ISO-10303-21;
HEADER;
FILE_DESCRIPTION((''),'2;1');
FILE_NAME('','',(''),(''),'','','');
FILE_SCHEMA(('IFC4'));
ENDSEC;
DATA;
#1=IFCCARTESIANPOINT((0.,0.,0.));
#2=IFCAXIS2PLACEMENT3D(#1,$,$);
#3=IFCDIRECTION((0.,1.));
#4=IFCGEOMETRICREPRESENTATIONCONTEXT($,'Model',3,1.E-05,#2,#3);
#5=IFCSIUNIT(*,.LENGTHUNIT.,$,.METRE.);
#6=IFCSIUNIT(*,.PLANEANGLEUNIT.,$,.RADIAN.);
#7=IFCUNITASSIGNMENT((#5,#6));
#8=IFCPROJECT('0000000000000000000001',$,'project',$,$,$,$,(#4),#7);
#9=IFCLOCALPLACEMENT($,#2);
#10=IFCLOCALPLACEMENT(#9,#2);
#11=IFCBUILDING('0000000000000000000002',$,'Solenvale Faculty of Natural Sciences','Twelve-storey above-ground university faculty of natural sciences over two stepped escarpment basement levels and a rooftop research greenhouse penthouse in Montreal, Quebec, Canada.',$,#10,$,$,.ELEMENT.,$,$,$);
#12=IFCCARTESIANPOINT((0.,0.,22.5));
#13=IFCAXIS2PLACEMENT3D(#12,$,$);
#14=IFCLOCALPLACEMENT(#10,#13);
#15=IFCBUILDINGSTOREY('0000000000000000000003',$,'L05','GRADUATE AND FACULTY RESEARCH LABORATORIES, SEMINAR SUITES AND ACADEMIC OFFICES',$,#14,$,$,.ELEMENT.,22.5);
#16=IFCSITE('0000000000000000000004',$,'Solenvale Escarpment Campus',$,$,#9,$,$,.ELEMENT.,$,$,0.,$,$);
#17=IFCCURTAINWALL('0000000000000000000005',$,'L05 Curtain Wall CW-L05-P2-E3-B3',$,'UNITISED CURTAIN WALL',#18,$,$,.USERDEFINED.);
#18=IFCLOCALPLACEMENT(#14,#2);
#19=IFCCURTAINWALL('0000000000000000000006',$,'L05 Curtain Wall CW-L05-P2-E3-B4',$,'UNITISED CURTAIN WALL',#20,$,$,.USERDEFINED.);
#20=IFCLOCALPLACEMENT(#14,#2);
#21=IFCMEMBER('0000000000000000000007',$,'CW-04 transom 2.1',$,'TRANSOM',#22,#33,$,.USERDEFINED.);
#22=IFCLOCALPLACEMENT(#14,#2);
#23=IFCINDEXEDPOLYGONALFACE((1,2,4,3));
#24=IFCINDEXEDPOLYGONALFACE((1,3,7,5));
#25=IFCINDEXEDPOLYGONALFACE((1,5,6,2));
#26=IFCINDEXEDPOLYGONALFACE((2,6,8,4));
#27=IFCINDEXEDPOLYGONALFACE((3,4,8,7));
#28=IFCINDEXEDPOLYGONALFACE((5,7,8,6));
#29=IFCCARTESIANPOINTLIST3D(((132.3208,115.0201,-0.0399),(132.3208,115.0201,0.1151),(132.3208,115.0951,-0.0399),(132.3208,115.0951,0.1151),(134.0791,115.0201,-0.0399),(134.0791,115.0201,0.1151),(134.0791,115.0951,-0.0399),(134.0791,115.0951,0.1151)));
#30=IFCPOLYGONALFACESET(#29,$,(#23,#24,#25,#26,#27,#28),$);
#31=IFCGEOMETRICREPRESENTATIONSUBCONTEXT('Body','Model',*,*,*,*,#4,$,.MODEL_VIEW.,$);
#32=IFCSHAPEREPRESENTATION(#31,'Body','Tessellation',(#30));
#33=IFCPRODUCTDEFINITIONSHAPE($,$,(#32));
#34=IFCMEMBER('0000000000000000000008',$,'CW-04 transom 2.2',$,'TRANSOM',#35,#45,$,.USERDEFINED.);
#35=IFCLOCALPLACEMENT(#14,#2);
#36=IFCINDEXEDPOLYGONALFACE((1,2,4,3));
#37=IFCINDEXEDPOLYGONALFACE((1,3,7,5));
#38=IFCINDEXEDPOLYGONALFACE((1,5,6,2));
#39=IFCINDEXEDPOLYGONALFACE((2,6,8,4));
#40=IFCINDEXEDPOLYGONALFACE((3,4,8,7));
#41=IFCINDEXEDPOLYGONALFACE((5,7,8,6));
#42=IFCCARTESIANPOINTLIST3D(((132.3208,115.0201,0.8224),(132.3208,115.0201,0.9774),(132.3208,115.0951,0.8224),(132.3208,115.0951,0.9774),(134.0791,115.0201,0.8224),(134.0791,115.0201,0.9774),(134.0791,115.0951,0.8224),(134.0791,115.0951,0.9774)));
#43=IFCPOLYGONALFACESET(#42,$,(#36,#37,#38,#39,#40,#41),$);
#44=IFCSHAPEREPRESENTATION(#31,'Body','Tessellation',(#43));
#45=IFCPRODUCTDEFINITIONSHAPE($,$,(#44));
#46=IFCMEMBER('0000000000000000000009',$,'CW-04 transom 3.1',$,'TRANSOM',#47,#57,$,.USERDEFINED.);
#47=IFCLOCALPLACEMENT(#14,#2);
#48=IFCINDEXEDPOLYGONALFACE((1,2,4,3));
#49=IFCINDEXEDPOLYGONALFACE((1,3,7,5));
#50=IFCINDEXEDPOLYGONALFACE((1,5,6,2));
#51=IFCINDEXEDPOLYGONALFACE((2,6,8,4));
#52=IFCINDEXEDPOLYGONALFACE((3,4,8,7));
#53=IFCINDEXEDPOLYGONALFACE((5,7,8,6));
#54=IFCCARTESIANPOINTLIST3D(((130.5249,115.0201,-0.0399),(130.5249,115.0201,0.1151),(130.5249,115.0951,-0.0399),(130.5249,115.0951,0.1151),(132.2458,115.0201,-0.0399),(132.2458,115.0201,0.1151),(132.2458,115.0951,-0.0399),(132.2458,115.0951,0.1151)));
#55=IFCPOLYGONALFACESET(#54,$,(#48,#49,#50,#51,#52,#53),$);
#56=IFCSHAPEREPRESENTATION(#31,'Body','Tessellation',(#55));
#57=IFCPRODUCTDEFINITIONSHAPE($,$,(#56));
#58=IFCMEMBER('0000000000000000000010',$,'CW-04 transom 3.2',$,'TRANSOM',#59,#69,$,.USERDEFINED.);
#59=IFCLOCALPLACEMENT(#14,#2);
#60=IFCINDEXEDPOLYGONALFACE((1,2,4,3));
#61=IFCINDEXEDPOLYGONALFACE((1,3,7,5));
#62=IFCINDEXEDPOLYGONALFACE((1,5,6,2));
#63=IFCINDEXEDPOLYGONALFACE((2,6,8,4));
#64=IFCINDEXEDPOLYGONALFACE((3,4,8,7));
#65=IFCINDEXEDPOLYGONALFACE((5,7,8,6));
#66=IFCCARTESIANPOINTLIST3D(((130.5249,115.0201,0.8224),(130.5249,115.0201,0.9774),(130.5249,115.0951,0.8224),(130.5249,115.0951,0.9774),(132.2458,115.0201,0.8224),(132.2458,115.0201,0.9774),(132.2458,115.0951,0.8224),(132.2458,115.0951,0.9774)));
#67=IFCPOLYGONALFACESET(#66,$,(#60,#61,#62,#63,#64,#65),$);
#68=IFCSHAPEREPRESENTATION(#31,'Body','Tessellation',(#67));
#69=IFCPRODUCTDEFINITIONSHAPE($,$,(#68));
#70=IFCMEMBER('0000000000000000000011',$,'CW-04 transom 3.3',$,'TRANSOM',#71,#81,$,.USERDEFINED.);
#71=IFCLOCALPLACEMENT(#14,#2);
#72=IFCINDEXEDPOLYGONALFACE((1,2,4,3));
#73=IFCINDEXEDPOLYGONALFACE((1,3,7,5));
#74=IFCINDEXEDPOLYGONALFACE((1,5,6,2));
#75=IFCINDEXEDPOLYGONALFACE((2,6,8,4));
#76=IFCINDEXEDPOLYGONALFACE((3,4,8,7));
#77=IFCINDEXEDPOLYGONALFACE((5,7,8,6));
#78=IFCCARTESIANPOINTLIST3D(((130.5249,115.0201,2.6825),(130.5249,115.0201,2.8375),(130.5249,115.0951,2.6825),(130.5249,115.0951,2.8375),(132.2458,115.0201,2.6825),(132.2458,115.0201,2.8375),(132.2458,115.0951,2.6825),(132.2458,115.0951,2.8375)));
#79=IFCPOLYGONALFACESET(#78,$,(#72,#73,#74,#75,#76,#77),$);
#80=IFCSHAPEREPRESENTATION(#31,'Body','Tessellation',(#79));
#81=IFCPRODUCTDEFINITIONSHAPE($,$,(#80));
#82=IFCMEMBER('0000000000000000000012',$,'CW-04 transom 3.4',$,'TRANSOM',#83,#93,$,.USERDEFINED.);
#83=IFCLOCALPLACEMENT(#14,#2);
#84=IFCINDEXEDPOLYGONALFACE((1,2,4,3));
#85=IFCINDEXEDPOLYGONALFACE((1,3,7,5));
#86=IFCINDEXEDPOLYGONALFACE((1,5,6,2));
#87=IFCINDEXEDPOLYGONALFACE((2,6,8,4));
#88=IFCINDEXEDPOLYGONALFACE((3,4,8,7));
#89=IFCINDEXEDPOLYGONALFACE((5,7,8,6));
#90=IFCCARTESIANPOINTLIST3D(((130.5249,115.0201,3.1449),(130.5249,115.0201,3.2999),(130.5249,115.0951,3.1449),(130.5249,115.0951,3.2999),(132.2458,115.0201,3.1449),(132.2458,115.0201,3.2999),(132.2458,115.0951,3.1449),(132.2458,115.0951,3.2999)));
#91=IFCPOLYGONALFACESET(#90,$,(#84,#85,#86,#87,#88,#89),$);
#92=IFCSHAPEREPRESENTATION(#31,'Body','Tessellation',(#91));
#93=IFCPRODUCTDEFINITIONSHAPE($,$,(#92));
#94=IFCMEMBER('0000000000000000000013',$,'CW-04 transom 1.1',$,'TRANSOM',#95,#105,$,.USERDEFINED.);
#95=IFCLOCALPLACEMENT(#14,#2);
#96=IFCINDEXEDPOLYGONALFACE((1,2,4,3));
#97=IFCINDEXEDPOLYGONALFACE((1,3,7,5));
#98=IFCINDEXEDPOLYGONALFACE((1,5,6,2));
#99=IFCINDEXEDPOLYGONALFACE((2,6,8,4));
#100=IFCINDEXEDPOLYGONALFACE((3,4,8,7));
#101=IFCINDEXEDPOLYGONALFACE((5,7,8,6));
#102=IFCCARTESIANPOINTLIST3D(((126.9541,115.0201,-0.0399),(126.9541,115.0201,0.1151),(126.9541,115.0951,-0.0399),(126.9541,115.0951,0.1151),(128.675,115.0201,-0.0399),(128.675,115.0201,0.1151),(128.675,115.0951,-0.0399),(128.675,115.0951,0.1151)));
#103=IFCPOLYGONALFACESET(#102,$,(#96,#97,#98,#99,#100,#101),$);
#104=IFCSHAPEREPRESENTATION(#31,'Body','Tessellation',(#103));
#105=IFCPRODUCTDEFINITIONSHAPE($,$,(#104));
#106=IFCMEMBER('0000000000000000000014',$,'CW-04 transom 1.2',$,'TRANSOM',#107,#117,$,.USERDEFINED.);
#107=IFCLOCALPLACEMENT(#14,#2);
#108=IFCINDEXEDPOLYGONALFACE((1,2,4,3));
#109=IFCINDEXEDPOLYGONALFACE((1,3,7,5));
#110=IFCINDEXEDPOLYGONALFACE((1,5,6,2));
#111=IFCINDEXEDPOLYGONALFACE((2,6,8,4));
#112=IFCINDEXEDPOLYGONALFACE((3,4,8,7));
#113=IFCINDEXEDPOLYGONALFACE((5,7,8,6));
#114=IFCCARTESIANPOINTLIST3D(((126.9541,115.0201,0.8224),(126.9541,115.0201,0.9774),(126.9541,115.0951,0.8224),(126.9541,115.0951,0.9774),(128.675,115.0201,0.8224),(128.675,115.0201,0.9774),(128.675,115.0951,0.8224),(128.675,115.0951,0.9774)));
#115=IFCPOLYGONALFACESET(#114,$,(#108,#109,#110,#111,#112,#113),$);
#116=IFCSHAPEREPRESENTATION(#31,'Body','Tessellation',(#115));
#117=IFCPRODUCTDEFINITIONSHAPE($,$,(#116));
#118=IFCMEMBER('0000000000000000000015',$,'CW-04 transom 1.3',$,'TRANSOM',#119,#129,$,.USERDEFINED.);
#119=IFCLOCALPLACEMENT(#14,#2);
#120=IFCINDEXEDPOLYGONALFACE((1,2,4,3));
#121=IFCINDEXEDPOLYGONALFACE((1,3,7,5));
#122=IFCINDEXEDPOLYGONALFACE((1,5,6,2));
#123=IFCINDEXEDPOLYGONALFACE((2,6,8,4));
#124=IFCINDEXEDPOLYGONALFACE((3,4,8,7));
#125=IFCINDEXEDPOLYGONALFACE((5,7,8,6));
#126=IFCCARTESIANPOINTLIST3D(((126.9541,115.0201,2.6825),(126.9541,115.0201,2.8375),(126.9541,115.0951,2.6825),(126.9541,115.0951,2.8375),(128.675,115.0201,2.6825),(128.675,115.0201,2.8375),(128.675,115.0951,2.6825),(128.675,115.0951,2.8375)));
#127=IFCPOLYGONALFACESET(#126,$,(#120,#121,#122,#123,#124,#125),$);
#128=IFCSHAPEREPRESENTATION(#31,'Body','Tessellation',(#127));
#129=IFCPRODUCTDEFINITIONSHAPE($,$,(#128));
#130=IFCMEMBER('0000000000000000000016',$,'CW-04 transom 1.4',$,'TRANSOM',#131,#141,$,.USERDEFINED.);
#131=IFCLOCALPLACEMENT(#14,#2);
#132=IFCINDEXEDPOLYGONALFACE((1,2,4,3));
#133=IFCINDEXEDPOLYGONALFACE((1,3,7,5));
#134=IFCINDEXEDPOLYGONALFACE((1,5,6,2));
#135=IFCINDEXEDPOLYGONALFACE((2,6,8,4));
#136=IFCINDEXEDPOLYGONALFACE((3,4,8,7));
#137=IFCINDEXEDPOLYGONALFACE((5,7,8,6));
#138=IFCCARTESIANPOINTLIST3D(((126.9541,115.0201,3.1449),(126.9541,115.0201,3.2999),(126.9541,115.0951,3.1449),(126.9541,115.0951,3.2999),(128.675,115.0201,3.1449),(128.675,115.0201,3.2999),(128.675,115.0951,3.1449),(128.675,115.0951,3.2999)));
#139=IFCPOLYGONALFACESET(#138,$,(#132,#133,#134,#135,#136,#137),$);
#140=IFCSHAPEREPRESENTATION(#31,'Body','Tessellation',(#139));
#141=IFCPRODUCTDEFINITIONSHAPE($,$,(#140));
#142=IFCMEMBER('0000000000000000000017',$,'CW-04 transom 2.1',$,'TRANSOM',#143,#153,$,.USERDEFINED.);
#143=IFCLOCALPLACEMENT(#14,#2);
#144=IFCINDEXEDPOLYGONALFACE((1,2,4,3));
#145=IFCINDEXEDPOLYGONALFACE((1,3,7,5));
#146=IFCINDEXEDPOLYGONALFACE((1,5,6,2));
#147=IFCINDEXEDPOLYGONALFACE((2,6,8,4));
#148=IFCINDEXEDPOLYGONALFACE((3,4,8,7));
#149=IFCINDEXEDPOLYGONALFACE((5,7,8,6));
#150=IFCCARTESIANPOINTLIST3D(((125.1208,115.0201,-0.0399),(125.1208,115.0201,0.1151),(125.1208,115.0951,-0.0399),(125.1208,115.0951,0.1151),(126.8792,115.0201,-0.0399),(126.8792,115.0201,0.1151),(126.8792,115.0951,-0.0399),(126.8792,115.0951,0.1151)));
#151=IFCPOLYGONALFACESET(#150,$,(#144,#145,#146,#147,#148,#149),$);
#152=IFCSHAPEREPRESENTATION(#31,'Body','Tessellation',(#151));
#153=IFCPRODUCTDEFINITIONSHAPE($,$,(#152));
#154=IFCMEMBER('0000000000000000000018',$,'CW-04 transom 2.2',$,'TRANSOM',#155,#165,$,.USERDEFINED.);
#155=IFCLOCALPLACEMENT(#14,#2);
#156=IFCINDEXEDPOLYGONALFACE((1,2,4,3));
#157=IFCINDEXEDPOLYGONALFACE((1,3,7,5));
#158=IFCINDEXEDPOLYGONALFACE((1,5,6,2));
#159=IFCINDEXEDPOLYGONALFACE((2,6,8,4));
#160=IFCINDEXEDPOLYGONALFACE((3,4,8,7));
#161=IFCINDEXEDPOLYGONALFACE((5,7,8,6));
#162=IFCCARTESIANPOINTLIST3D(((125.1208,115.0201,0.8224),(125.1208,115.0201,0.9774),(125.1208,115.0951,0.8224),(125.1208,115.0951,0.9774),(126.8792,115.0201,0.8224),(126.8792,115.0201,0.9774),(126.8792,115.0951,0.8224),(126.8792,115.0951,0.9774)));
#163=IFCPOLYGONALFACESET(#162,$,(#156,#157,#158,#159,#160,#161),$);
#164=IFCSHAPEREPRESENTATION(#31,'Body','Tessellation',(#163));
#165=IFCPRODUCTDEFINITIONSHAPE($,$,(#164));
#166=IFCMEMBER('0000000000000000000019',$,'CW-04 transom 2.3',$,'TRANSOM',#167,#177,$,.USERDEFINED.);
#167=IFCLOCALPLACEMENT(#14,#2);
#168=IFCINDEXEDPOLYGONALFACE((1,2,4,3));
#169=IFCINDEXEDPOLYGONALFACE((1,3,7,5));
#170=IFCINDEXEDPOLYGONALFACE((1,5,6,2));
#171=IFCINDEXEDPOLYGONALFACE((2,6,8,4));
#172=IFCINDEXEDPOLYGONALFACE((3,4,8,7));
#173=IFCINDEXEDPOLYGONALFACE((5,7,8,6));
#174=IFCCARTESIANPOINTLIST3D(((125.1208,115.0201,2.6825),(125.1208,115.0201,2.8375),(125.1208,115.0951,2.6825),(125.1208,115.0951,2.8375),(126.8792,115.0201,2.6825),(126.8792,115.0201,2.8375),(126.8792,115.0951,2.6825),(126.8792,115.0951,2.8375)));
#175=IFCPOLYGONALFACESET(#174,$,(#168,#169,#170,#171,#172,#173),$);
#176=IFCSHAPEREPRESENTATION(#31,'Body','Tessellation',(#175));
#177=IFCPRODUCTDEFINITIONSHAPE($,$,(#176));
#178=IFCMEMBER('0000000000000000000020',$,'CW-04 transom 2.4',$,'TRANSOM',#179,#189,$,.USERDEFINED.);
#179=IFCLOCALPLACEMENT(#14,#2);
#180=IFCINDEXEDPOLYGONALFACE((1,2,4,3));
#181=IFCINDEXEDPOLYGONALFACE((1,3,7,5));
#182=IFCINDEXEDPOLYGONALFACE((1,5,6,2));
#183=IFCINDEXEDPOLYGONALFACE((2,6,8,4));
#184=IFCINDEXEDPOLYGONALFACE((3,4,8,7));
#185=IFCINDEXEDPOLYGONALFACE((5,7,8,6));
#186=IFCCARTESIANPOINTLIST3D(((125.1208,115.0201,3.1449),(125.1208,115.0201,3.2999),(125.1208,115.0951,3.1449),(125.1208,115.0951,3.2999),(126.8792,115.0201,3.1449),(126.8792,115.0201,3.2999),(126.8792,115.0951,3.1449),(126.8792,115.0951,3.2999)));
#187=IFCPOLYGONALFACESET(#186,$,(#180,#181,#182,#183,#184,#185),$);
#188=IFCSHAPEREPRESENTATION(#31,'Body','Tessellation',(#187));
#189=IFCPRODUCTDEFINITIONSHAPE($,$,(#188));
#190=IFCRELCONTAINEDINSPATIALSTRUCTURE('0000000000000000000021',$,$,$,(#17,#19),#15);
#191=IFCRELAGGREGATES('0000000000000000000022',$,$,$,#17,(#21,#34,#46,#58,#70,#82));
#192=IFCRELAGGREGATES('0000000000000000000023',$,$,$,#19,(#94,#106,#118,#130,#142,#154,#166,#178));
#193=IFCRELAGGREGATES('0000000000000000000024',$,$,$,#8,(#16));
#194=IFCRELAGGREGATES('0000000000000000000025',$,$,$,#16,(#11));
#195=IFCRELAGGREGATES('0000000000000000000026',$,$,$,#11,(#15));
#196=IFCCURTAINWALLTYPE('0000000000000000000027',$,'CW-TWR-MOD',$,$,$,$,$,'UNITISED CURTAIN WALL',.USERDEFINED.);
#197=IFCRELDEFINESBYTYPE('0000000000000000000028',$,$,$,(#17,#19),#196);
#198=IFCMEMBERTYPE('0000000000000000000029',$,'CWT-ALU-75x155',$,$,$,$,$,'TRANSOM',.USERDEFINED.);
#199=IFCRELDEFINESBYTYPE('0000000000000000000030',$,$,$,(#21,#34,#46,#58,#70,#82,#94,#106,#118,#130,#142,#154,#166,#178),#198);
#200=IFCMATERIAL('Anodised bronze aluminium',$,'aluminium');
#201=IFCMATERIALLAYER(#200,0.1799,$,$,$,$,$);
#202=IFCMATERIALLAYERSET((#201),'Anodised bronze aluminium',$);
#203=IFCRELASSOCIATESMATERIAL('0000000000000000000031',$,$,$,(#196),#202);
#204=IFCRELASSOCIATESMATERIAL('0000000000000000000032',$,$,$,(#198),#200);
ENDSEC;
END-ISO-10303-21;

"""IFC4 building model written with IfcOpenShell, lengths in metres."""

from ifc_helpers import new_model, si_unit, direction, frame, origin, origin_2d, place, context, subcontext, project, spatial, rectangle, extrude, material, layer, layer_set, material_profile, profile_set, type_object, element, aggregate, save


model = new_model("IFC4")

# Units and contexts
model_context = context("Model", 3, precision=1e-05, world=origin(), true_north=direction((0.0, 1.0)))
body_context = subcontext(model_context, "Body", "Model", "MODEL_VIEW")
ifc_project = project(units=[si_unit("LENGTHUNIT", "METRE"), si_unit("PLANEANGLEUNIT", "RADIAN")], contexts=[model_context])

# Site, building, storey
site_placement = place(None, origin())
site = spatial("IfcSite", under=ifc_project, at=site_placement, Name="Solenvale Escarpment Campus", CompositionType="ELEMENT", RefElevation=0.0)
building_placement = place(site_placement, origin())
building = spatial("IfcBuilding", under=site, at=building_placement, Name="Solenvale Faculty of Natural Sciences", Description="Twelve-storey above-ground university faculty of natural sciences over two stepped escarpment basement levels and a rooftop research greenhouse penthouse in Montreal, Quebec, Canada.", CompositionType="ELEMENT")
storey_placement = place(building_placement, frame((0.0, 0.0, 22.5)))
storey = spatial("IfcBuildingStorey", under=building, at=storey_placement, Name="L05", Description="GRADUATE AND FACULTY RESEARCH LABORATORIES, SEMINAR SUITES AND ACADEMIC OFFICES", CompositionType="ELEMENT", Elevation=22.5)

# Curtain walls
ifc_material_1 = material(Name="Anodised bronze aluminium", Category="aluminium")
ifc_layer_1 = layer(ifc_material_1, 0.1799)
ifc_layer_set_1 = layer_set([ifc_layer_1], Name="Anodised bronze aluminium")
curtain_wall_type = type_object("IfcCurtainWallType", Name="CW-TWR-MOD", ElementType="UNITISED CURTAIN WALL", PredefinedType="USERDEFINED", material=ifc_layer_set_1)
curtain_wall_1_placement = place(storey_placement, origin())
curtain_wall_1 = element("IfcCurtainWall", 1, at=curtain_wall_1_placement, inside=storey, type_object=curtain_wall_type, Name="L05 Curtain Wall CW-L05-P2-E3-B3", ObjectType="UNITISED CURTAIN WALL", PredefinedType="USERDEFINED")
curtain_wall_2_placement = place(storey_placement, origin())
curtain_wall_2 = element("IfcCurtainWall", 2, at=curtain_wall_2_placement, inside=storey, type_object=curtain_wall_type, Name="L05 Curtain Wall CW-L05-P2-E3-B4", ObjectType="UNITISED CURTAIN WALL", PredefinedType="USERDEFINED")

# Members
ifc_material_profile_1 = material_profile(ifc_material_1, rectangle(XDim=0.075, YDim=0.155, at=origin_2d()), Name="ALU-TRN-75x155")
ifc_profile_set_1 = profile_set([ifc_material_profile_1], Name="Anodised bronze aluminium")
member_type_1 = type_object("IfcMemberType", Name="CWT-ALU-75x155", ElementType="TRANSOM", PredefinedType="USERDEFINED", material=ifc_profile_set_1)
member_1_placement = place(storey_placement, frame((134.0791, 115.0576, 0.0376), z_axis=(-1.0, 0.0, 0.0), x_axis=(0.0, -1.0, 0.0)))
member_1 = element("IfcMember", 3, at=member_1_placement, type_object=member_type_1, Name="CW-04 transom 2.1", ObjectType="TRANSOM", PredefinedType="USERDEFINED", context=body_context, shape_type="SweptSolid", body=[
    extrude(rectangle(XDim=0.075, YDim=0.155, at=origin_2d()), origin(), (0.0, 0.0, 1.0), 1.7583),
])
member_2_placement = place(storey_placement, frame((134.0791, 115.0576, 0.8999), z_axis=(-1.0, 0.0, 0.0), x_axis=(0.0, -1.0, 0.0)))
member_2 = element("IfcMember", 4, at=member_2_placement, type_object=member_type_1, Name="CW-04 transom 2.2", ObjectType="TRANSOM", PredefinedType="USERDEFINED", context=body_context, shape_type="SweptSolid", body=[
    extrude(rectangle(XDim=0.075, YDim=0.155, at=origin_2d()), origin(), (0.0, 0.0, 1.0), 1.7583),
])
member_3_placement = place(storey_placement, frame((132.2458, 115.0576, 0.0376), z_axis=(-1.0, 0.0, 0.0), x_axis=(0.0, -1.0, 0.0)))
member_3 = element("IfcMember", 5, at=member_3_placement, type_object=member_type_1, Name="CW-04 transom 3.1", ObjectType="TRANSOM", PredefinedType="USERDEFINED", context=body_context, shape_type="SweptSolid", body=[
    extrude(rectangle(XDim=0.075, YDim=0.155, at=origin_2d()), origin(), (0.0, 0.0, 1.0), 1.7209),
])
member_4_placement = place(storey_placement, frame((132.2458, 115.0576, 0.8999), z_axis=(-1.0, 0.0, 0.0), x_axis=(0.0, -1.0, 0.0)))
member_4 = element("IfcMember", 6, at=member_4_placement, type_object=member_type_1, Name="CW-04 transom 3.2", ObjectType="TRANSOM", PredefinedType="USERDEFINED", context=body_context, shape_type="SweptSolid", body=[
    extrude(rectangle(XDim=0.075, YDim=0.155, at=origin_2d()), origin(), (0.0, 0.0, 1.0), 1.7209),
])
member_5_placement = place(storey_placement, frame((132.2458, 115.0576, 2.76), z_axis=(-1.0, 0.0, 0.0), x_axis=(0.0, -1.0, 0.0)))
member_5 = element("IfcMember", 7, at=member_5_placement, type_object=member_type_1, Name="CW-04 transom 3.3", ObjectType="TRANSOM", PredefinedType="USERDEFINED", context=body_context, shape_type="SweptSolid", body=[
    extrude(rectangle(XDim=0.075, YDim=0.155, at=origin_2d()), origin(), (0.0, 0.0, 1.0), 1.7209),
])
member_6_placement = place(storey_placement, frame((132.2458, 115.0576, 3.2224), z_axis=(-1.0, 0.0, 0.0), x_axis=(0.0, -1.0, 0.0)))
member_6 = element("IfcMember", 8, at=member_6_placement, type_object=member_type_1, Name="CW-04 transom 3.4", ObjectType="TRANSOM", PredefinedType="USERDEFINED", context=body_context, shape_type="SweptSolid", body=[
    extrude(rectangle(XDim=0.075, YDim=0.155, at=origin_2d()), origin(), (0.0, 0.0, 1.0), 1.7209),
])
member_7_placement = place(storey_placement, frame((128.675, 115.0576, 0.0376), z_axis=(-1.0, 0.0, 0.0), x_axis=(0.0, -1.0, 0.0)))
member_7 = element("IfcMember", 9, at=member_7_placement, type_object=member_type_1, Name="CW-04 transom 1.1", ObjectType="TRANSOM", PredefinedType="USERDEFINED", context=body_context, shape_type="SweptSolid", body=[
    extrude(rectangle(XDim=0.075, YDim=0.155, at=origin_2d()), origin(), (0.0, 0.0, 1.0), 1.7209),
])
member_8_placement = place(storey_placement, frame((128.675, 115.0576, 0.8999), z_axis=(-1.0, 0.0, 0.0), x_axis=(0.0, -1.0, 0.0)))
member_8 = element("IfcMember", 10, at=member_8_placement, type_object=member_type_1, Name="CW-04 transom 1.2", ObjectType="TRANSOM", PredefinedType="USERDEFINED", context=body_context, shape_type="SweptSolid", body=[
    extrude(rectangle(XDim=0.075, YDim=0.155, at=origin_2d()), origin(), (0.0, 0.0, 1.0), 1.7209),
])
member_9_placement = place(storey_placement, frame((128.675, 115.0576, 2.76), z_axis=(-1.0, 0.0, 0.0), x_axis=(0.0, -1.0, 0.0)))
member_9 = element("IfcMember", 11, at=member_9_placement, type_object=member_type_1, Name="CW-04 transom 1.3", ObjectType="TRANSOM", PredefinedType="USERDEFINED", context=body_context, shape_type="SweptSolid", body=[
    extrude(rectangle(XDim=0.075, YDim=0.155, at=origin_2d()), origin(), (0.0, 0.0, 1.0), 1.7209),
])
member_10_placement = place(storey_placement, frame((128.675, 115.0576, 3.2224), z_axis=(-1.0, 0.0, 0.0), x_axis=(0.0, -1.0, 0.0)))
member_10 = element("IfcMember", 12, at=member_10_placement, type_object=member_type_1, Name="CW-04 transom 1.4", ObjectType="TRANSOM", PredefinedType="USERDEFINED", context=body_context, shape_type="SweptSolid", body=[
    extrude(rectangle(XDim=0.075, YDim=0.155, at=origin_2d()), origin(), (0.0, 0.0, 1.0), 1.7209),
])
member_11_placement = place(storey_placement, frame((126.8792, 115.0576, 0.0376), z_axis=(-1.0, 0.0, 0.0), x_axis=(0.0, -1.0, 0.0)))
member_11 = element("IfcMember", 13, at=member_11_placement, type_object=member_type_1, Name="CW-04 transom 2.1", ObjectType="TRANSOM", PredefinedType="USERDEFINED", context=body_context, shape_type="SweptSolid", body=[
    extrude(rectangle(XDim=0.075, YDim=0.155, at=origin_2d()), origin(), (0.0, 0.0, 1.0), 1.7583),
])
member_12_placement = place(storey_placement, frame((126.8792, 115.0576, 0.8999), z_axis=(-1.0, 0.0, 0.0), x_axis=(0.0, -1.0, 0.0)))
member_12 = element("IfcMember", 14, at=member_12_placement, type_object=member_type_1, Name="CW-04 transom 2.2", ObjectType="TRANSOM", PredefinedType="USERDEFINED", context=body_context, shape_type="SweptSolid", body=[
    extrude(rectangle(XDim=0.075, YDim=0.155, at=origin_2d()), origin(), (0.0, 0.0, 1.0), 1.7583),
])
member_13_placement = place(storey_placement, frame((126.8792, 115.0576, 2.76), z_axis=(-1.0, 0.0, 0.0), x_axis=(0.0, -1.0, 0.0)))
member_13 = element("IfcMember", 15, at=member_13_placement, type_object=member_type_1, Name="CW-04 transom 2.3", ObjectType="TRANSOM", PredefinedType="USERDEFINED", context=body_context, shape_type="SweptSolid", body=[
    extrude(rectangle(XDim=0.075, YDim=0.155, at=origin_2d()), origin(), (0.0, 0.0, 1.0), 1.7583),
])
member_14_placement = place(storey_placement, frame((126.8792, 115.0576, 3.2224), z_axis=(-1.0, 0.0, 0.0), x_axis=(0.0, -1.0, 0.0)))
member_14 = element("IfcMember", 16, at=member_14_placement, type_object=member_type_1, Name="CW-04 transom 2.4", ObjectType="TRANSOM", PredefinedType="USERDEFINED", context=body_context, shape_type="SweptSolid", body=[
    extrude(rectangle(XDim=0.075, YDim=0.155, at=origin_2d()), origin(), (0.0, 0.0, 1.0), 1.7583),
])

aggregate(curtain_wall_1, [member_1, member_2, member_3, member_4, member_5, member_6])
aggregate(curtain_wall_2, [member_7, member_8, member_9, member_10, member_11, member_12, member_13, member_14])

save(model, "model.ifc")
